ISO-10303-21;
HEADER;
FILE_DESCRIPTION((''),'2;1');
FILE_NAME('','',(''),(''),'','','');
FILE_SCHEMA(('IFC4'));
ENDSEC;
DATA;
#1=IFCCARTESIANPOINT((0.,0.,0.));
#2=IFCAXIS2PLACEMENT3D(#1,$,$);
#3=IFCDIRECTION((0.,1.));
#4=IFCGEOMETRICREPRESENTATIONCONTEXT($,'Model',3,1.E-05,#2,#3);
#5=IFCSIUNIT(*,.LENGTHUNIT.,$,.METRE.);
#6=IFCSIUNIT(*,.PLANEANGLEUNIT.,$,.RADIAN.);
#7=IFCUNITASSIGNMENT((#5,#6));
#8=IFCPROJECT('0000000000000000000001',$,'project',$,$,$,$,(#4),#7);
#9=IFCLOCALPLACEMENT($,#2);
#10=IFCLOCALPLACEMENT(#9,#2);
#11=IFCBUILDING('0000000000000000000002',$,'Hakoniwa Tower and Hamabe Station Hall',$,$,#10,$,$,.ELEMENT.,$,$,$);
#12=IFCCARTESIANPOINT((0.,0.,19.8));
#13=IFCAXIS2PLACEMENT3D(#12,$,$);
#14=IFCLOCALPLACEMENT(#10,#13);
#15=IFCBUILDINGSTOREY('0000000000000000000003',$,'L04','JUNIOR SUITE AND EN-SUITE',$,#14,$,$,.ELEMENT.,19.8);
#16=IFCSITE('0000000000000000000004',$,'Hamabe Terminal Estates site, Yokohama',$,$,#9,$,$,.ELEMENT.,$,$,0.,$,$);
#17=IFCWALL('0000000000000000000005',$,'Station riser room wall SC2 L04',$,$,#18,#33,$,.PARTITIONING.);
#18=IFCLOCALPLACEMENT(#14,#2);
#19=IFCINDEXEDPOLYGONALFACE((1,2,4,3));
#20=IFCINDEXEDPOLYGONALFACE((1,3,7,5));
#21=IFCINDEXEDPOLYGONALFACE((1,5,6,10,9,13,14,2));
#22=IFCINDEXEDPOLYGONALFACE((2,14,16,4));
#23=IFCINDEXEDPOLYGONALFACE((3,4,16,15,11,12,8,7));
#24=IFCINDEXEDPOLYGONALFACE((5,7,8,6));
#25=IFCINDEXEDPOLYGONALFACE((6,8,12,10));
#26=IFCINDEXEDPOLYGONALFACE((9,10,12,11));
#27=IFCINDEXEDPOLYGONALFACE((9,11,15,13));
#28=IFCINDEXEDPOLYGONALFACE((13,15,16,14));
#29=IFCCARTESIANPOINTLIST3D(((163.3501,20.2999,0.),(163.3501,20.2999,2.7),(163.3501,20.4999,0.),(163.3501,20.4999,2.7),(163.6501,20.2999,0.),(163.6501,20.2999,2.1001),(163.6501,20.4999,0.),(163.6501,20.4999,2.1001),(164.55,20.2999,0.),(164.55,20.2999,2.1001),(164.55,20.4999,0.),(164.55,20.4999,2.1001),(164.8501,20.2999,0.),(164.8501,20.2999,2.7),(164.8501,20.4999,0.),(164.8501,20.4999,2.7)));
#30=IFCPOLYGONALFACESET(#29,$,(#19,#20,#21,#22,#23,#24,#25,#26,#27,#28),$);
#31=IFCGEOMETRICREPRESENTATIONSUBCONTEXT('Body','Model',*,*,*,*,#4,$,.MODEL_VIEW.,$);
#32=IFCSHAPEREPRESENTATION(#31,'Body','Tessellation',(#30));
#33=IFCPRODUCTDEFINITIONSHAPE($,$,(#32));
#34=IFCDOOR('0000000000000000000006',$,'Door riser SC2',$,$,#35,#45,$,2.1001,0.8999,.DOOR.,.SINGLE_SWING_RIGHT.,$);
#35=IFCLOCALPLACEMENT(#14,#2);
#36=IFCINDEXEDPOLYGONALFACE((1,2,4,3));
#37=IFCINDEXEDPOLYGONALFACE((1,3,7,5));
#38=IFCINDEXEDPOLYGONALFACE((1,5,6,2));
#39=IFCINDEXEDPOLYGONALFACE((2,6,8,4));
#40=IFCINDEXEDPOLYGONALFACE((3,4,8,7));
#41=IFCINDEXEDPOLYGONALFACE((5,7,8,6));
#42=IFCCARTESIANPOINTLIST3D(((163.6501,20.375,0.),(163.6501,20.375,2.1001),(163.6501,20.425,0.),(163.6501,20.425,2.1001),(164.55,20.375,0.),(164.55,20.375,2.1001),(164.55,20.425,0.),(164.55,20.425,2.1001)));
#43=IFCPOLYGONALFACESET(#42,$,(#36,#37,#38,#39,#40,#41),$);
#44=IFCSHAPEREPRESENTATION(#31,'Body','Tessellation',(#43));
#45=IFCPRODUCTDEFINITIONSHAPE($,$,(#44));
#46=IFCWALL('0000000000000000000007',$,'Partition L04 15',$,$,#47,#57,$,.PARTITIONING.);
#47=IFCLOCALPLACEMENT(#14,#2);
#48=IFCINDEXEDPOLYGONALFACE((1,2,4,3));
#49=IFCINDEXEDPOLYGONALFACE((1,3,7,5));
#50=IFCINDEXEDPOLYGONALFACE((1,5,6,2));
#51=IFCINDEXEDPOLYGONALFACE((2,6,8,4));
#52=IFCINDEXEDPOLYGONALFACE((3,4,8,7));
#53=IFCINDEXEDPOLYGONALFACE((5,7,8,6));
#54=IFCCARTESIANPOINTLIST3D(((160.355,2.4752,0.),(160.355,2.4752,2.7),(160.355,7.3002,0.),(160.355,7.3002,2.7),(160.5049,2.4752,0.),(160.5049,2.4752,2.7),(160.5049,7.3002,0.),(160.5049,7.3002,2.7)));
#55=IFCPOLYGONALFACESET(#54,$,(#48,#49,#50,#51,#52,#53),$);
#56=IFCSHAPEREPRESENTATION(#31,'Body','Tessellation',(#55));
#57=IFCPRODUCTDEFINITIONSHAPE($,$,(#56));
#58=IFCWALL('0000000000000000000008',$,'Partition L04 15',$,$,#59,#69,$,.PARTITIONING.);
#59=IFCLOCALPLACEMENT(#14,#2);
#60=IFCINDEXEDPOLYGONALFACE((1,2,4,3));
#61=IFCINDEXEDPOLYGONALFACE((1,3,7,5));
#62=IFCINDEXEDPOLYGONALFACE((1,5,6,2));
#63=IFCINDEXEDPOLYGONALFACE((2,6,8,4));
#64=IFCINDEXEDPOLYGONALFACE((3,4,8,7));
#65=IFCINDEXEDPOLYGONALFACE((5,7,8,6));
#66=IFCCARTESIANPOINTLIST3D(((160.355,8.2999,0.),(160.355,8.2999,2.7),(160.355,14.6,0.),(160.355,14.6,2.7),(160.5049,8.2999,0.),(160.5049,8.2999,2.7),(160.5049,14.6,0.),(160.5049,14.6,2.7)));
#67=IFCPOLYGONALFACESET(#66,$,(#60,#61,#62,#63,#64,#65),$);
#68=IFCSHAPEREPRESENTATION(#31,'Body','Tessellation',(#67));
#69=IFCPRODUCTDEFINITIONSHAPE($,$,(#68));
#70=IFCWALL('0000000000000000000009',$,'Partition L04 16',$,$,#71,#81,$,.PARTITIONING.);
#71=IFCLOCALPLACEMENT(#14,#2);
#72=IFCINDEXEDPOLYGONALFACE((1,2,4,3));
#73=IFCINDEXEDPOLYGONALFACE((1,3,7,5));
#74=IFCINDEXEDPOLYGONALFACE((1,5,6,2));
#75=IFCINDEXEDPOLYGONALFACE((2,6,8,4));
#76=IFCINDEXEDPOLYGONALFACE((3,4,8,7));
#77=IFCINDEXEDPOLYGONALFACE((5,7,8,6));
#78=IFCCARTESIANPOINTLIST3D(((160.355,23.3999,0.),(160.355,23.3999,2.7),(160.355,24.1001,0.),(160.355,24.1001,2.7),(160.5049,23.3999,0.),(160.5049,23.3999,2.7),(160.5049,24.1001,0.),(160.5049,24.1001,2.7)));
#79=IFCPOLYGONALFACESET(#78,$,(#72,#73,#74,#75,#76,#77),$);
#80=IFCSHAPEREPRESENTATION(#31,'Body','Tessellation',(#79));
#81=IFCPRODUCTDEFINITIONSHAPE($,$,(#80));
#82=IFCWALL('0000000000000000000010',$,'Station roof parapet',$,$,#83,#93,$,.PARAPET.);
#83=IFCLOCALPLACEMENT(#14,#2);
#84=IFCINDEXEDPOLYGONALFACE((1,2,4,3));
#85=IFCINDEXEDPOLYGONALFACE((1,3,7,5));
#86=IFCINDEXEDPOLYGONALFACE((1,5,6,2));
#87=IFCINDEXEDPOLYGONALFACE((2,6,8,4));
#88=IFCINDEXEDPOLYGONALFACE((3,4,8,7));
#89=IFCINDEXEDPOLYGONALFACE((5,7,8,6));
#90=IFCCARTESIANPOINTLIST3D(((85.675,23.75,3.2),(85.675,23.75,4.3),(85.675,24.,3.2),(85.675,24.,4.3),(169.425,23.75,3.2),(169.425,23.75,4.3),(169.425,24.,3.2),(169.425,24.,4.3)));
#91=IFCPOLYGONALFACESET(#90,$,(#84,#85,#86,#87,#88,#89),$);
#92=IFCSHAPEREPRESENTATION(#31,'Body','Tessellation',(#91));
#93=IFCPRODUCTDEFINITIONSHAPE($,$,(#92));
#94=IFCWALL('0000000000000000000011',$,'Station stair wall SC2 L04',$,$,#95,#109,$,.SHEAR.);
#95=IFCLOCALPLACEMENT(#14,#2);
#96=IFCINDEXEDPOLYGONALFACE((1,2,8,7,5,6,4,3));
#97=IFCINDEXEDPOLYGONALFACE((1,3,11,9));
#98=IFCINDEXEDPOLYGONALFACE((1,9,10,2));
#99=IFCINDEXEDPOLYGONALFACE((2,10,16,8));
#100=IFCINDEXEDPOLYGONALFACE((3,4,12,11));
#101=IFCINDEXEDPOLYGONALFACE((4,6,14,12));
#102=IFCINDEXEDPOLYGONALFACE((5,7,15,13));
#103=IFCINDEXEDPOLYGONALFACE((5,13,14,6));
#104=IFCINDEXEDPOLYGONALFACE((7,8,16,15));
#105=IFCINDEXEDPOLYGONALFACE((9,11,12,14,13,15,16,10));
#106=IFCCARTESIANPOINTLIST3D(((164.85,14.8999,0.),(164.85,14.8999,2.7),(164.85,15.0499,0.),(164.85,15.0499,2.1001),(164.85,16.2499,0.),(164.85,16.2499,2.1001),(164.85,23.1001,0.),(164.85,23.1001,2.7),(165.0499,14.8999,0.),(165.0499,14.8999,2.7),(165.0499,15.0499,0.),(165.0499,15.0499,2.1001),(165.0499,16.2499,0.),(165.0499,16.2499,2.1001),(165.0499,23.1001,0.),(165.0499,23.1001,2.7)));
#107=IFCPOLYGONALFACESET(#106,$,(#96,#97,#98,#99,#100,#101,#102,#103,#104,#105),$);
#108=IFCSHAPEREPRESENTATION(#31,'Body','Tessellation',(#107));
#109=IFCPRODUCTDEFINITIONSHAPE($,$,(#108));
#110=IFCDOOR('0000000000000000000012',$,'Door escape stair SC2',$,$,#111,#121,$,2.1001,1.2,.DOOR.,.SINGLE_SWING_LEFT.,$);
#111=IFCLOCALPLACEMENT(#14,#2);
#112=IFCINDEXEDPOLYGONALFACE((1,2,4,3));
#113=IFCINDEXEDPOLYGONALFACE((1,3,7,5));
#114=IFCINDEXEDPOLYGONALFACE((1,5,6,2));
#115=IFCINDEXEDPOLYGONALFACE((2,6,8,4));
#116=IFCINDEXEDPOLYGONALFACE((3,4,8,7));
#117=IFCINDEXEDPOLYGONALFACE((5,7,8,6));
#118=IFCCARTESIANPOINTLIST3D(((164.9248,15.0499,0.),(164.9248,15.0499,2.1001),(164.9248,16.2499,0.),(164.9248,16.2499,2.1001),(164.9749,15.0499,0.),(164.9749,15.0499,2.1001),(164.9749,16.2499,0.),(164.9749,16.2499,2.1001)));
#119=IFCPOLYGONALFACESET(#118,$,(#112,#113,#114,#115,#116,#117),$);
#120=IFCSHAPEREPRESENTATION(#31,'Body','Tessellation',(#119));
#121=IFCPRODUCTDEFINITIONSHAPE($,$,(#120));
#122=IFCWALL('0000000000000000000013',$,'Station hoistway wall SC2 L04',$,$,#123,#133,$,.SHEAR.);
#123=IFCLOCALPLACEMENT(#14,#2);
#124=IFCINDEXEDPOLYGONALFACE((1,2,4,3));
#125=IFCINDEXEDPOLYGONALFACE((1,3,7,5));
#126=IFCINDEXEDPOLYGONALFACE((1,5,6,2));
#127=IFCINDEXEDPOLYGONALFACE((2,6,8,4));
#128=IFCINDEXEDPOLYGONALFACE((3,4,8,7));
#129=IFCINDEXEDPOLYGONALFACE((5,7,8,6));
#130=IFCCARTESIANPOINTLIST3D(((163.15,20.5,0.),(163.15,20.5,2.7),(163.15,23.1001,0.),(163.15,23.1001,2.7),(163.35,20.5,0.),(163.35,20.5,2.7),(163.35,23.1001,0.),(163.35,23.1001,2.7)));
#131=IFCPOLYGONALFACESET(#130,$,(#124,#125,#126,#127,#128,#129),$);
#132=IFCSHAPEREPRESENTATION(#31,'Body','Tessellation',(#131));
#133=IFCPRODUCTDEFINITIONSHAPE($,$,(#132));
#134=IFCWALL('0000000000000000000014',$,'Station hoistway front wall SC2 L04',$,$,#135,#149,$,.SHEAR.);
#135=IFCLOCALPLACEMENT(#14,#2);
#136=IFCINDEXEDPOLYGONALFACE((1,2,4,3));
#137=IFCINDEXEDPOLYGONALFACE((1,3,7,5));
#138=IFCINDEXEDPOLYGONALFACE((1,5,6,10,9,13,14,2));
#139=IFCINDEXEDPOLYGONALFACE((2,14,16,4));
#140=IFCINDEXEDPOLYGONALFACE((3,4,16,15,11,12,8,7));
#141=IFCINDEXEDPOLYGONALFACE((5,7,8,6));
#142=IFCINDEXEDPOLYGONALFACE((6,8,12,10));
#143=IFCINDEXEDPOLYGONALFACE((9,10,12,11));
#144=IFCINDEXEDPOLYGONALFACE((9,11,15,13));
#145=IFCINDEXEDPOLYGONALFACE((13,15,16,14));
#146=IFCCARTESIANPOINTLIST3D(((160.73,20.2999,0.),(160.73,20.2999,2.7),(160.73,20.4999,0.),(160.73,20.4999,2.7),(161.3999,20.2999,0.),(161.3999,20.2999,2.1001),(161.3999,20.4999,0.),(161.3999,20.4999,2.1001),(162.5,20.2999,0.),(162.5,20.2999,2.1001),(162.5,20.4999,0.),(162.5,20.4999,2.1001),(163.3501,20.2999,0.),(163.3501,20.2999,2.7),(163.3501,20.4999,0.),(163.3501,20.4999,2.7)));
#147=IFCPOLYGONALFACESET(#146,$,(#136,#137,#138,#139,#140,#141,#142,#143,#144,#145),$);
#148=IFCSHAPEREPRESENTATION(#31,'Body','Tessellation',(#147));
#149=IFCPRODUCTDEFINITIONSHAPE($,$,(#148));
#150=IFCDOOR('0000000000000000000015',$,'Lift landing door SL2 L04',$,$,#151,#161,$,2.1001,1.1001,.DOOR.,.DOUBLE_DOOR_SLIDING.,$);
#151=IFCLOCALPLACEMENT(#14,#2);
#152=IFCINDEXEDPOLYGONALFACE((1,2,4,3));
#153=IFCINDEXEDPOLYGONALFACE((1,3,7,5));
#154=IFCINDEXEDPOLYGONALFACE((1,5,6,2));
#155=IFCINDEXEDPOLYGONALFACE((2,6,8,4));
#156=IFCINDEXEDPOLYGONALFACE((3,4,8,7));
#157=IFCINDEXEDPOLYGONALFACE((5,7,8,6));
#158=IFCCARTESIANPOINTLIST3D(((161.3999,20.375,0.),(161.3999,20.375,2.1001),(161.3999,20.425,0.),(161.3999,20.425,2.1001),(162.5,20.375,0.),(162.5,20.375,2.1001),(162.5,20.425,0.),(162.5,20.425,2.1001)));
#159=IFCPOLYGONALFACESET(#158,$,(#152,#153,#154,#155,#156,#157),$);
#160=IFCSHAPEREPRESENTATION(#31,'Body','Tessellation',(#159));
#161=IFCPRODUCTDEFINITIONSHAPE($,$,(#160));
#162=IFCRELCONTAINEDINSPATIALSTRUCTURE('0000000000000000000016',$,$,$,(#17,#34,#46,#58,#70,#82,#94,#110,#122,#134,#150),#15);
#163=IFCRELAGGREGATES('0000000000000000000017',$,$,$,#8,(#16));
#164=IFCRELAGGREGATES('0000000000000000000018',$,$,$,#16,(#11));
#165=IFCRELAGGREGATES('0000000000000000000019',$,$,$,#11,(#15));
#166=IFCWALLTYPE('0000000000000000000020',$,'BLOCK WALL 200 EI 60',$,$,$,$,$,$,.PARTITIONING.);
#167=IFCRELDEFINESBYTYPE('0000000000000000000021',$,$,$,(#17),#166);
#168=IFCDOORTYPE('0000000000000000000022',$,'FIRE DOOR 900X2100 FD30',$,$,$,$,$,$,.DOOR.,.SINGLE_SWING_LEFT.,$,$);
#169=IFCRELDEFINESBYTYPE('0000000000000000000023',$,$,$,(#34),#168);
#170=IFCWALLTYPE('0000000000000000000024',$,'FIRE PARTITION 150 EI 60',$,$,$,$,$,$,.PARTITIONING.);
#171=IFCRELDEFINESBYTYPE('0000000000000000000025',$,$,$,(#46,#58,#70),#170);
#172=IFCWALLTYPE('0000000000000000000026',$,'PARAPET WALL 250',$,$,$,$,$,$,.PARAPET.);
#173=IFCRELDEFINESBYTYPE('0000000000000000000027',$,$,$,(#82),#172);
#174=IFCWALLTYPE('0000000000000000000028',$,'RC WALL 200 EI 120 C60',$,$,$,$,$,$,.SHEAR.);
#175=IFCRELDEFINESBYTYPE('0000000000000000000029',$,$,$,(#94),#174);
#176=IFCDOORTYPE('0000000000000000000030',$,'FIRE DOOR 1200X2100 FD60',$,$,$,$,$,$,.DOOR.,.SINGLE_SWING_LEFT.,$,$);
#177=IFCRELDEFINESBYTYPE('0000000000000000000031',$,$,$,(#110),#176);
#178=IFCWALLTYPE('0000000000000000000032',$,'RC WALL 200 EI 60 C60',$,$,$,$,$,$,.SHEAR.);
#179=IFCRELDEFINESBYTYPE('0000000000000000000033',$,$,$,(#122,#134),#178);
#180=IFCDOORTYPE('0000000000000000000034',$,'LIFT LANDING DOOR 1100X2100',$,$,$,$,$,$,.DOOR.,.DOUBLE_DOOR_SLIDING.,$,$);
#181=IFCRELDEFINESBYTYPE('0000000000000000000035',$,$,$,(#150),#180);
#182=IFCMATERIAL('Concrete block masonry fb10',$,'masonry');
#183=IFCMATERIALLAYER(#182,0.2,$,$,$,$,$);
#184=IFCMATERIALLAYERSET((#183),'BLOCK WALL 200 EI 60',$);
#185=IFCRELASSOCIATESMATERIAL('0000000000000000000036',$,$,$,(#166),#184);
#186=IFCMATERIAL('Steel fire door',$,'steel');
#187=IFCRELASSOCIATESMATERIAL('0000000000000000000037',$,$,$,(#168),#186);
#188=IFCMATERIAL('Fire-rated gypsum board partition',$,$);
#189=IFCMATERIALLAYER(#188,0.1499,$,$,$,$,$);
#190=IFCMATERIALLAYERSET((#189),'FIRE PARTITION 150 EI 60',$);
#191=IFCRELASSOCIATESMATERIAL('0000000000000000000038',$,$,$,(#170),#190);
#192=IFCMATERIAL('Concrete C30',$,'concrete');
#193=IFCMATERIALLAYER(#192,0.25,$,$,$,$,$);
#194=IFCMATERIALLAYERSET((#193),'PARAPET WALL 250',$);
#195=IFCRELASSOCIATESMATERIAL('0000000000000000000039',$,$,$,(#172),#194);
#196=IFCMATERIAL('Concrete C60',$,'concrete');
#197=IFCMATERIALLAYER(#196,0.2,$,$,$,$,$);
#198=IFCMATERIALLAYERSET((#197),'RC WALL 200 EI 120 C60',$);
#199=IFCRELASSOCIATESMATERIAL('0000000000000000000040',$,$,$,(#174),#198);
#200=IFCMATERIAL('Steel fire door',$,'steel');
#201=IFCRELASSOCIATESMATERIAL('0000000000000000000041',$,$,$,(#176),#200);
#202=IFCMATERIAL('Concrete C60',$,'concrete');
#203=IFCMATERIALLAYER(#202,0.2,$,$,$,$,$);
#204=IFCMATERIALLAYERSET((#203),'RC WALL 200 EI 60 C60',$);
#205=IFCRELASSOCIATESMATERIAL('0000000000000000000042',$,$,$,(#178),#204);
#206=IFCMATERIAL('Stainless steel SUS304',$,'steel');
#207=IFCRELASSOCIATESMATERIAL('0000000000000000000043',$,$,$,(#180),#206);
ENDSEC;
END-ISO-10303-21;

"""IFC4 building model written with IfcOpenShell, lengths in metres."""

from ifc_helpers import new_model, si_unit, direction, frame, frame_2d, origin, place, context, subcontext, project, spatial, rectangle, extrude, material, layer, layer_set, type_object, element, fill, save


model = new_model("IFC4")

# Units and contexts
model_context = context("Model", 3, precision=1e-05, world=origin(), true_north=direction((0.0, 1.0)))
body_context = subcontext(model_context, "Body", "Model", "MODEL_VIEW")
ifc_project = project(units=[si_unit("LENGTHUNIT", "METRE"), si_unit("PLANEANGLEUNIT", "RADIAN")], contexts=[model_context])

# Site, building, storey
site_placement = place(None, origin())
site = spatial("IfcSite", under=ifc_project, at=site_placement, Name="Hamabe Terminal Estates site, Yokohama", CompositionType="ELEMENT", RefElevation=0.0)
building_placement = place(site_placement, origin())
building = spatial("IfcBuilding", under=site, at=building_placement, Name="Hakoniwa Tower and Hamabe Station Hall", CompositionType="ELEMENT")
storey_placement = place(building_placement, frame((0.0, 0.0, 19.8)))
storey = spatial("IfcBuildingStorey", under=building, at=storey_placement, Name="L04", Description="JUNIOR SUITE AND EN-SUITE", CompositionType="ELEMENT", Elevation=19.8)

# Wall, opening, door
ifc_material_1 = material(Name="Concrete block masonry fb10", Category="masonry")
ifc_layer_1 = layer(ifc_material_1, 0.2)
ifc_layer_set_1 = layer_set([ifc_layer_1], Name="BLOCK WALL 200 EI 60")
wall_type_1 = type_object("IfcWallType", Name="BLOCK WALL 200 EI 60", PredefinedType="PARTITIONING", material=ifc_layer_set_1)
wall_1_placement = place(storey_placement, frame((164.8501, 20.3999, 0.0), z_axis=(0.0, 0.0, 1.0), x_axis=(-1.0, 0.0, 0.0)))
wall_1 = element("IfcWall", 1, at=wall_1_placement, inside=storey, type_object=wall_type_1, Name="Station riser room wall SC2 L04", PredefinedType="PARTITIONING", context=body_context, shape_type="SweptSolid", body=[
    extrude(rectangle(XDim=1.5, YDim=0.2, at=frame_2d((0.75, 0.0))), origin(), (0.0, 0.0, 1.0), 2.7),
])
opening_1_placement = place(wall_1_placement, frame((0.3, 0.0, 0.0)))
opening_1 = element("IfcOpeningElement", 2, at=opening_1_placement, cuts=wall_1, PredefinedType="OPENING", context=body_context, shape_type="SweptSolid", body=[
    extrude(rectangle(XDim=0.8999, YDim=2.1001, at=frame_2d((0.45, 1.05))), frame((0.0, 0.1099, 0.0), z_axis=(0.0, -1.0, 0.0), x_axis=(1.0, 0.0, 0.0)), (0.0, 0.0, 1.0), 0.22),
])
ifc_material_2 = material(Name="Steel fire door", Category="steel")
door_type_1 = type_object("IfcDoorType", Name="FIRE DOOR 900X2100 FD30", OperationType="SINGLE_SWING_LEFT", PredefinedType="DOOR", material=ifc_material_2)
door_1_placement = place(opening_1_placement, origin())
door_1 = element("IfcDoor", 3, at=door_1_placement, inside=storey, type_object=door_type_1, Name="Door riser SC2", OperationType="SINGLE_SWING_RIGHT", OverallHeight=2.1001, OverallWidth=0.8999, PredefinedType="DOOR", context=body_context, shape_type="SweptSolid", body=[
    extrude(rectangle(XDim=0.8999, YDim=2.1001, at=frame_2d((0.45, 1.05))), frame((0.0, 0.0249, 0.0), z_axis=(0.0, -1.0, 0.0), x_axis=(1.0, 0.0, 0.0)), (0.0, 0.0, 1.0), 0.05),
])
fill(opening_1, door_1)

# Walls
ifc_material_3 = material(Name="Fire-rated gypsum board partition")
ifc_layer_2 = layer(ifc_material_3, 0.1499)
ifc_layer_set_2 = layer_set([ifc_layer_2], Name="FIRE PARTITION 150 EI 60")
wall_type_2 = type_object("IfcWallType", Name="FIRE PARTITION 150 EI 60", PredefinedType="PARTITIONING", material=ifc_layer_set_2)
wall_2_placement = place(storey_placement, frame((160.4299, 2.4751, 0.0), z_axis=(0.0, 0.0, 1.0), x_axis=(0.0, 1.0, 0.0)))
element("IfcWall", 4, at=wall_2_placement, inside=storey, type_object=wall_type_2, Name="Partition L04 15", PredefinedType="PARTITIONING", context=body_context, shape_type="SweptSolid", body=[
    extrude(rectangle(XDim=4.825, YDim=0.1499, at=frame_2d((2.4126, 0.0))), origin(), (0.0, 0.0, 1.0), 2.7),
])
wall_3_placement = place(storey_placement, frame((160.4299, 8.3, 0.0), z_axis=(0.0, 0.0, 1.0), x_axis=(0.0, 1.0, 0.0)))
element("IfcWall", 5, at=wall_3_placement, inside=storey, type_object=wall_type_2, Name="Partition L04 15", PredefinedType="PARTITIONING", context=body_context, shape_type="SweptSolid", body=[
    extrude(rectangle(XDim=6.3, YDim=0.1499, at=frame_2d((3.1499, 0.0))), origin(), (0.0, 0.0, 1.0), 2.7),
])
wall_4_placement = place(storey_placement, frame((160.4299, 23.3999, 0.0), z_axis=(0.0, 0.0, 1.0), x_axis=(0.0, 1.0, 0.0)))
element("IfcWall", 6, at=wall_4_placement, inside=storey, type_object=wall_type_2, Name="Partition L04 16", PredefinedType="PARTITIONING", context=body_context, shape_type="SweptSolid", body=[
    extrude(rectangle(XDim=0.7002, YDim=0.1499, at=frame_2d((0.3501, 0.0))), origin(), (0.0, 0.0, 1.0), 2.7),
])
ifc_material_4 = material(Name="Concrete C30", Category="concrete")
ifc_layer_3 = layer(ifc_material_4, 0.25)
ifc_layer_set_3 = layer_set([ifc_layer_3], Name="PARAPET WALL 250")
wall_type_3 = type_object("IfcWallType", Name="PARAPET WALL 250", PredefinedType="PARAPET", material=ifc_layer_set_3)
wall_5_placement = place(storey_placement, frame((169.425, 23.875, 3.2), z_axis=(0.0, 0.0, 1.0), x_axis=(-1.0, 0.0, 0.0)))
element("IfcWall", 7, at=wall_5_placement, inside=storey, type_object=wall_type_3, Name="Station roof parapet", PredefinedType="PARAPET", context=body_context, shape_type="SweptSolid", body=[
    extrude(rectangle(XDim=83.75, YDim=0.25, at=frame_2d((41.875, 0.0))), origin(), (0.0, 0.0, 1.0), 1.1001),
])

# Wall, opening, door
ifc_material_5 = material(Name="Concrete C60", Category="concrete")
ifc_layer_4 = layer(ifc_material_5, 0.2)
ifc_layer_set_4 = layer_set([ifc_layer_4], Name="RC WALL 200 EI 120 C60")
wall_type_4 = type_object("IfcWallType", Name="RC WALL 200 EI 120 C60", PredefinedType="SHEAR", material=ifc_layer_set_4)
wall_6_placement = place(storey_placement, frame((164.95, 23.1001, 0.0), z_axis=(0.0, 0.0, 1.0), x_axis=(0.0, -1.0, 0.0)))
wall_6 = element("IfcWall", 8, at=wall_6_placement, inside=storey, type_object=wall_type_4, Name="Station stair wall SC2 L04", PredefinedType="SHEAR", context=body_context, shape_type="SweptSolid", body=[
    extrude(rectangle(XDim=8.2002, YDim=0.2, at=frame_2d((4.1001, 0.0))), origin(), (0.0, 0.0, 1.0), 2.7),
])
opening_2_placement = place(wall_6_placement, frame((6.8501, 0.0, 0.0)))
opening_2 = element("IfcOpeningElement", 9, at=opening_2_placement, cuts=wall_6, PredefinedType="OPENING", context=body_context, shape_type="SweptSolid", body=[
    extrude(rectangle(XDim=1.2, YDim=2.1001, at=frame_2d((0.6001, 1.05))), frame((0.0, 0.1099, 0.0), z_axis=(0.0, -1.0, 0.0), x_axis=(1.0, 0.0, 0.0)), (0.0, 0.0, 1.0), 0.22),
])
ifc_material_6 = material(Name="Steel fire door", Category="steel")
door_type_2 = type_object("IfcDoorType", Name="FIRE DOOR 1200X2100 FD60", OperationType="SINGLE_SWING_LEFT", PredefinedType="DOOR", material=ifc_material_6)
door_2_placement = place(opening_2_placement, origin())
door_2 = element("IfcDoor", 10, at=door_2_placement, inside=storey, type_object=door_type_2, Name="Door escape stair SC2", OperationType="SINGLE_SWING_LEFT", OverallHeight=2.1001, OverallWidth=1.2, PredefinedType="DOOR", context=body_context, shape_type="SweptSolid", body=[
    extrude(rectangle(XDim=1.2, YDim=2.1001, at=frame_2d((0.6001, 1.05))), frame((0.0, 0.0249, 0.0), z_axis=(0.0, -1.0, 0.0), x_axis=(1.0, 0.0, 0.0)), (0.0, 0.0, 1.0), 0.05),
])
fill(opening_2, door_2)

# Wall
ifc_material_7 = material(Name="Concrete C60", Category="concrete")
ifc_layer_5 = layer(ifc_material_7, 0.2)
ifc_layer_set_5 = layer_set([ifc_layer_5], Name="RC WALL 200 EI 60 C60")
wall_type_5 = type_object("IfcWallType", Name="RC WALL 200 EI 60 C60", PredefinedType="SHEAR", material=ifc_layer_set_5)
wall_7_placement = place(storey_placement, frame((163.25, 23.1001, 0.0), z_axis=(0.0, 0.0, 1.0), x_axis=(0.0, -1.0, 0.0)))
element("IfcWall", 11, at=wall_7_placement, inside=storey, type_object=wall_type_5, Name="Station hoistway wall SC2 L04", PredefinedType="SHEAR", context=body_context, shape_type="SweptSolid", body=[
    extrude(rectangle(XDim=2.6001, YDim=0.2, at=frame_2d((1.3, 0.0))), origin(), (0.0, 0.0, 1.0), 2.7),
])

# Wall, opening, door
wall_8_placement = place(storey_placement, frame((163.3501, 20.3999, 0.0), z_axis=(0.0, 0.0, 1.0), x_axis=(-1.0, 0.0, 0.0)))
wall_8 = element("IfcWall", 12, at=wall_8_placement, inside=storey, type_object=wall_type_5, Name="Station hoistway front wall SC2 L04", PredefinedType="SHEAR", context=body_context, shape_type="SweptSolid", body=[
    extrude(rectangle(XDim=2.6201, YDim=0.2, at=frame_2d((1.3101, 0.0))), origin(), (0.0, 0.0, 1.0), 2.7),
])
opening_3_placement = place(wall_8_placement, frame((0.8501, 0.0, 0.0)))
opening_3 = element("IfcOpeningElement", 13, at=opening_3_placement, cuts=wall_8, PredefinedType="OPENING", context=body_context, shape_type="SweptSolid", body=[
    extrude(rectangle(XDim=1.1001, YDim=2.1001, at=frame_2d((0.55, 1.05))), frame((0.0, 0.1099, 0.0), z_axis=(0.0, -1.0, 0.0), x_axis=(1.0, 0.0, 0.0)), (0.0, 0.0, 1.0), 0.22),
])
ifc_material_8 = material(Name="Stainless steel SUS304", Category="steel")
door_type_3 = type_object("IfcDoorType", Name="LIFT LANDING DOOR 1100X2100", OperationType="DOUBLE_DOOR_SLIDING", PredefinedType="DOOR", material=ifc_material_8)
door_3_placement = place(opening_3_placement, origin())
door_3 = element("IfcDoor", 14, at=door_3_placement, inside=storey, type_object=door_type_3, Name="Lift landing door SL2 L04", OperationType="DOUBLE_DOOR_SLIDING", OverallHeight=2.1001, OverallWidth=1.1001, PredefinedType="DOOR", context=body_context, shape_type="SweptSolid", body=[
    extrude(rectangle(XDim=1.1001, YDim=2.1001, at=frame_2d((0.55, 1.05))), frame((0.0, 0.0249, 0.0), z_axis=(0.0, -1.0, 0.0), x_axis=(1.0, 0.0, 0.0)), (0.0, 0.0, 1.0), 0.05),
])
fill(opening_3, door_3)

save(model, "model.ifc")
